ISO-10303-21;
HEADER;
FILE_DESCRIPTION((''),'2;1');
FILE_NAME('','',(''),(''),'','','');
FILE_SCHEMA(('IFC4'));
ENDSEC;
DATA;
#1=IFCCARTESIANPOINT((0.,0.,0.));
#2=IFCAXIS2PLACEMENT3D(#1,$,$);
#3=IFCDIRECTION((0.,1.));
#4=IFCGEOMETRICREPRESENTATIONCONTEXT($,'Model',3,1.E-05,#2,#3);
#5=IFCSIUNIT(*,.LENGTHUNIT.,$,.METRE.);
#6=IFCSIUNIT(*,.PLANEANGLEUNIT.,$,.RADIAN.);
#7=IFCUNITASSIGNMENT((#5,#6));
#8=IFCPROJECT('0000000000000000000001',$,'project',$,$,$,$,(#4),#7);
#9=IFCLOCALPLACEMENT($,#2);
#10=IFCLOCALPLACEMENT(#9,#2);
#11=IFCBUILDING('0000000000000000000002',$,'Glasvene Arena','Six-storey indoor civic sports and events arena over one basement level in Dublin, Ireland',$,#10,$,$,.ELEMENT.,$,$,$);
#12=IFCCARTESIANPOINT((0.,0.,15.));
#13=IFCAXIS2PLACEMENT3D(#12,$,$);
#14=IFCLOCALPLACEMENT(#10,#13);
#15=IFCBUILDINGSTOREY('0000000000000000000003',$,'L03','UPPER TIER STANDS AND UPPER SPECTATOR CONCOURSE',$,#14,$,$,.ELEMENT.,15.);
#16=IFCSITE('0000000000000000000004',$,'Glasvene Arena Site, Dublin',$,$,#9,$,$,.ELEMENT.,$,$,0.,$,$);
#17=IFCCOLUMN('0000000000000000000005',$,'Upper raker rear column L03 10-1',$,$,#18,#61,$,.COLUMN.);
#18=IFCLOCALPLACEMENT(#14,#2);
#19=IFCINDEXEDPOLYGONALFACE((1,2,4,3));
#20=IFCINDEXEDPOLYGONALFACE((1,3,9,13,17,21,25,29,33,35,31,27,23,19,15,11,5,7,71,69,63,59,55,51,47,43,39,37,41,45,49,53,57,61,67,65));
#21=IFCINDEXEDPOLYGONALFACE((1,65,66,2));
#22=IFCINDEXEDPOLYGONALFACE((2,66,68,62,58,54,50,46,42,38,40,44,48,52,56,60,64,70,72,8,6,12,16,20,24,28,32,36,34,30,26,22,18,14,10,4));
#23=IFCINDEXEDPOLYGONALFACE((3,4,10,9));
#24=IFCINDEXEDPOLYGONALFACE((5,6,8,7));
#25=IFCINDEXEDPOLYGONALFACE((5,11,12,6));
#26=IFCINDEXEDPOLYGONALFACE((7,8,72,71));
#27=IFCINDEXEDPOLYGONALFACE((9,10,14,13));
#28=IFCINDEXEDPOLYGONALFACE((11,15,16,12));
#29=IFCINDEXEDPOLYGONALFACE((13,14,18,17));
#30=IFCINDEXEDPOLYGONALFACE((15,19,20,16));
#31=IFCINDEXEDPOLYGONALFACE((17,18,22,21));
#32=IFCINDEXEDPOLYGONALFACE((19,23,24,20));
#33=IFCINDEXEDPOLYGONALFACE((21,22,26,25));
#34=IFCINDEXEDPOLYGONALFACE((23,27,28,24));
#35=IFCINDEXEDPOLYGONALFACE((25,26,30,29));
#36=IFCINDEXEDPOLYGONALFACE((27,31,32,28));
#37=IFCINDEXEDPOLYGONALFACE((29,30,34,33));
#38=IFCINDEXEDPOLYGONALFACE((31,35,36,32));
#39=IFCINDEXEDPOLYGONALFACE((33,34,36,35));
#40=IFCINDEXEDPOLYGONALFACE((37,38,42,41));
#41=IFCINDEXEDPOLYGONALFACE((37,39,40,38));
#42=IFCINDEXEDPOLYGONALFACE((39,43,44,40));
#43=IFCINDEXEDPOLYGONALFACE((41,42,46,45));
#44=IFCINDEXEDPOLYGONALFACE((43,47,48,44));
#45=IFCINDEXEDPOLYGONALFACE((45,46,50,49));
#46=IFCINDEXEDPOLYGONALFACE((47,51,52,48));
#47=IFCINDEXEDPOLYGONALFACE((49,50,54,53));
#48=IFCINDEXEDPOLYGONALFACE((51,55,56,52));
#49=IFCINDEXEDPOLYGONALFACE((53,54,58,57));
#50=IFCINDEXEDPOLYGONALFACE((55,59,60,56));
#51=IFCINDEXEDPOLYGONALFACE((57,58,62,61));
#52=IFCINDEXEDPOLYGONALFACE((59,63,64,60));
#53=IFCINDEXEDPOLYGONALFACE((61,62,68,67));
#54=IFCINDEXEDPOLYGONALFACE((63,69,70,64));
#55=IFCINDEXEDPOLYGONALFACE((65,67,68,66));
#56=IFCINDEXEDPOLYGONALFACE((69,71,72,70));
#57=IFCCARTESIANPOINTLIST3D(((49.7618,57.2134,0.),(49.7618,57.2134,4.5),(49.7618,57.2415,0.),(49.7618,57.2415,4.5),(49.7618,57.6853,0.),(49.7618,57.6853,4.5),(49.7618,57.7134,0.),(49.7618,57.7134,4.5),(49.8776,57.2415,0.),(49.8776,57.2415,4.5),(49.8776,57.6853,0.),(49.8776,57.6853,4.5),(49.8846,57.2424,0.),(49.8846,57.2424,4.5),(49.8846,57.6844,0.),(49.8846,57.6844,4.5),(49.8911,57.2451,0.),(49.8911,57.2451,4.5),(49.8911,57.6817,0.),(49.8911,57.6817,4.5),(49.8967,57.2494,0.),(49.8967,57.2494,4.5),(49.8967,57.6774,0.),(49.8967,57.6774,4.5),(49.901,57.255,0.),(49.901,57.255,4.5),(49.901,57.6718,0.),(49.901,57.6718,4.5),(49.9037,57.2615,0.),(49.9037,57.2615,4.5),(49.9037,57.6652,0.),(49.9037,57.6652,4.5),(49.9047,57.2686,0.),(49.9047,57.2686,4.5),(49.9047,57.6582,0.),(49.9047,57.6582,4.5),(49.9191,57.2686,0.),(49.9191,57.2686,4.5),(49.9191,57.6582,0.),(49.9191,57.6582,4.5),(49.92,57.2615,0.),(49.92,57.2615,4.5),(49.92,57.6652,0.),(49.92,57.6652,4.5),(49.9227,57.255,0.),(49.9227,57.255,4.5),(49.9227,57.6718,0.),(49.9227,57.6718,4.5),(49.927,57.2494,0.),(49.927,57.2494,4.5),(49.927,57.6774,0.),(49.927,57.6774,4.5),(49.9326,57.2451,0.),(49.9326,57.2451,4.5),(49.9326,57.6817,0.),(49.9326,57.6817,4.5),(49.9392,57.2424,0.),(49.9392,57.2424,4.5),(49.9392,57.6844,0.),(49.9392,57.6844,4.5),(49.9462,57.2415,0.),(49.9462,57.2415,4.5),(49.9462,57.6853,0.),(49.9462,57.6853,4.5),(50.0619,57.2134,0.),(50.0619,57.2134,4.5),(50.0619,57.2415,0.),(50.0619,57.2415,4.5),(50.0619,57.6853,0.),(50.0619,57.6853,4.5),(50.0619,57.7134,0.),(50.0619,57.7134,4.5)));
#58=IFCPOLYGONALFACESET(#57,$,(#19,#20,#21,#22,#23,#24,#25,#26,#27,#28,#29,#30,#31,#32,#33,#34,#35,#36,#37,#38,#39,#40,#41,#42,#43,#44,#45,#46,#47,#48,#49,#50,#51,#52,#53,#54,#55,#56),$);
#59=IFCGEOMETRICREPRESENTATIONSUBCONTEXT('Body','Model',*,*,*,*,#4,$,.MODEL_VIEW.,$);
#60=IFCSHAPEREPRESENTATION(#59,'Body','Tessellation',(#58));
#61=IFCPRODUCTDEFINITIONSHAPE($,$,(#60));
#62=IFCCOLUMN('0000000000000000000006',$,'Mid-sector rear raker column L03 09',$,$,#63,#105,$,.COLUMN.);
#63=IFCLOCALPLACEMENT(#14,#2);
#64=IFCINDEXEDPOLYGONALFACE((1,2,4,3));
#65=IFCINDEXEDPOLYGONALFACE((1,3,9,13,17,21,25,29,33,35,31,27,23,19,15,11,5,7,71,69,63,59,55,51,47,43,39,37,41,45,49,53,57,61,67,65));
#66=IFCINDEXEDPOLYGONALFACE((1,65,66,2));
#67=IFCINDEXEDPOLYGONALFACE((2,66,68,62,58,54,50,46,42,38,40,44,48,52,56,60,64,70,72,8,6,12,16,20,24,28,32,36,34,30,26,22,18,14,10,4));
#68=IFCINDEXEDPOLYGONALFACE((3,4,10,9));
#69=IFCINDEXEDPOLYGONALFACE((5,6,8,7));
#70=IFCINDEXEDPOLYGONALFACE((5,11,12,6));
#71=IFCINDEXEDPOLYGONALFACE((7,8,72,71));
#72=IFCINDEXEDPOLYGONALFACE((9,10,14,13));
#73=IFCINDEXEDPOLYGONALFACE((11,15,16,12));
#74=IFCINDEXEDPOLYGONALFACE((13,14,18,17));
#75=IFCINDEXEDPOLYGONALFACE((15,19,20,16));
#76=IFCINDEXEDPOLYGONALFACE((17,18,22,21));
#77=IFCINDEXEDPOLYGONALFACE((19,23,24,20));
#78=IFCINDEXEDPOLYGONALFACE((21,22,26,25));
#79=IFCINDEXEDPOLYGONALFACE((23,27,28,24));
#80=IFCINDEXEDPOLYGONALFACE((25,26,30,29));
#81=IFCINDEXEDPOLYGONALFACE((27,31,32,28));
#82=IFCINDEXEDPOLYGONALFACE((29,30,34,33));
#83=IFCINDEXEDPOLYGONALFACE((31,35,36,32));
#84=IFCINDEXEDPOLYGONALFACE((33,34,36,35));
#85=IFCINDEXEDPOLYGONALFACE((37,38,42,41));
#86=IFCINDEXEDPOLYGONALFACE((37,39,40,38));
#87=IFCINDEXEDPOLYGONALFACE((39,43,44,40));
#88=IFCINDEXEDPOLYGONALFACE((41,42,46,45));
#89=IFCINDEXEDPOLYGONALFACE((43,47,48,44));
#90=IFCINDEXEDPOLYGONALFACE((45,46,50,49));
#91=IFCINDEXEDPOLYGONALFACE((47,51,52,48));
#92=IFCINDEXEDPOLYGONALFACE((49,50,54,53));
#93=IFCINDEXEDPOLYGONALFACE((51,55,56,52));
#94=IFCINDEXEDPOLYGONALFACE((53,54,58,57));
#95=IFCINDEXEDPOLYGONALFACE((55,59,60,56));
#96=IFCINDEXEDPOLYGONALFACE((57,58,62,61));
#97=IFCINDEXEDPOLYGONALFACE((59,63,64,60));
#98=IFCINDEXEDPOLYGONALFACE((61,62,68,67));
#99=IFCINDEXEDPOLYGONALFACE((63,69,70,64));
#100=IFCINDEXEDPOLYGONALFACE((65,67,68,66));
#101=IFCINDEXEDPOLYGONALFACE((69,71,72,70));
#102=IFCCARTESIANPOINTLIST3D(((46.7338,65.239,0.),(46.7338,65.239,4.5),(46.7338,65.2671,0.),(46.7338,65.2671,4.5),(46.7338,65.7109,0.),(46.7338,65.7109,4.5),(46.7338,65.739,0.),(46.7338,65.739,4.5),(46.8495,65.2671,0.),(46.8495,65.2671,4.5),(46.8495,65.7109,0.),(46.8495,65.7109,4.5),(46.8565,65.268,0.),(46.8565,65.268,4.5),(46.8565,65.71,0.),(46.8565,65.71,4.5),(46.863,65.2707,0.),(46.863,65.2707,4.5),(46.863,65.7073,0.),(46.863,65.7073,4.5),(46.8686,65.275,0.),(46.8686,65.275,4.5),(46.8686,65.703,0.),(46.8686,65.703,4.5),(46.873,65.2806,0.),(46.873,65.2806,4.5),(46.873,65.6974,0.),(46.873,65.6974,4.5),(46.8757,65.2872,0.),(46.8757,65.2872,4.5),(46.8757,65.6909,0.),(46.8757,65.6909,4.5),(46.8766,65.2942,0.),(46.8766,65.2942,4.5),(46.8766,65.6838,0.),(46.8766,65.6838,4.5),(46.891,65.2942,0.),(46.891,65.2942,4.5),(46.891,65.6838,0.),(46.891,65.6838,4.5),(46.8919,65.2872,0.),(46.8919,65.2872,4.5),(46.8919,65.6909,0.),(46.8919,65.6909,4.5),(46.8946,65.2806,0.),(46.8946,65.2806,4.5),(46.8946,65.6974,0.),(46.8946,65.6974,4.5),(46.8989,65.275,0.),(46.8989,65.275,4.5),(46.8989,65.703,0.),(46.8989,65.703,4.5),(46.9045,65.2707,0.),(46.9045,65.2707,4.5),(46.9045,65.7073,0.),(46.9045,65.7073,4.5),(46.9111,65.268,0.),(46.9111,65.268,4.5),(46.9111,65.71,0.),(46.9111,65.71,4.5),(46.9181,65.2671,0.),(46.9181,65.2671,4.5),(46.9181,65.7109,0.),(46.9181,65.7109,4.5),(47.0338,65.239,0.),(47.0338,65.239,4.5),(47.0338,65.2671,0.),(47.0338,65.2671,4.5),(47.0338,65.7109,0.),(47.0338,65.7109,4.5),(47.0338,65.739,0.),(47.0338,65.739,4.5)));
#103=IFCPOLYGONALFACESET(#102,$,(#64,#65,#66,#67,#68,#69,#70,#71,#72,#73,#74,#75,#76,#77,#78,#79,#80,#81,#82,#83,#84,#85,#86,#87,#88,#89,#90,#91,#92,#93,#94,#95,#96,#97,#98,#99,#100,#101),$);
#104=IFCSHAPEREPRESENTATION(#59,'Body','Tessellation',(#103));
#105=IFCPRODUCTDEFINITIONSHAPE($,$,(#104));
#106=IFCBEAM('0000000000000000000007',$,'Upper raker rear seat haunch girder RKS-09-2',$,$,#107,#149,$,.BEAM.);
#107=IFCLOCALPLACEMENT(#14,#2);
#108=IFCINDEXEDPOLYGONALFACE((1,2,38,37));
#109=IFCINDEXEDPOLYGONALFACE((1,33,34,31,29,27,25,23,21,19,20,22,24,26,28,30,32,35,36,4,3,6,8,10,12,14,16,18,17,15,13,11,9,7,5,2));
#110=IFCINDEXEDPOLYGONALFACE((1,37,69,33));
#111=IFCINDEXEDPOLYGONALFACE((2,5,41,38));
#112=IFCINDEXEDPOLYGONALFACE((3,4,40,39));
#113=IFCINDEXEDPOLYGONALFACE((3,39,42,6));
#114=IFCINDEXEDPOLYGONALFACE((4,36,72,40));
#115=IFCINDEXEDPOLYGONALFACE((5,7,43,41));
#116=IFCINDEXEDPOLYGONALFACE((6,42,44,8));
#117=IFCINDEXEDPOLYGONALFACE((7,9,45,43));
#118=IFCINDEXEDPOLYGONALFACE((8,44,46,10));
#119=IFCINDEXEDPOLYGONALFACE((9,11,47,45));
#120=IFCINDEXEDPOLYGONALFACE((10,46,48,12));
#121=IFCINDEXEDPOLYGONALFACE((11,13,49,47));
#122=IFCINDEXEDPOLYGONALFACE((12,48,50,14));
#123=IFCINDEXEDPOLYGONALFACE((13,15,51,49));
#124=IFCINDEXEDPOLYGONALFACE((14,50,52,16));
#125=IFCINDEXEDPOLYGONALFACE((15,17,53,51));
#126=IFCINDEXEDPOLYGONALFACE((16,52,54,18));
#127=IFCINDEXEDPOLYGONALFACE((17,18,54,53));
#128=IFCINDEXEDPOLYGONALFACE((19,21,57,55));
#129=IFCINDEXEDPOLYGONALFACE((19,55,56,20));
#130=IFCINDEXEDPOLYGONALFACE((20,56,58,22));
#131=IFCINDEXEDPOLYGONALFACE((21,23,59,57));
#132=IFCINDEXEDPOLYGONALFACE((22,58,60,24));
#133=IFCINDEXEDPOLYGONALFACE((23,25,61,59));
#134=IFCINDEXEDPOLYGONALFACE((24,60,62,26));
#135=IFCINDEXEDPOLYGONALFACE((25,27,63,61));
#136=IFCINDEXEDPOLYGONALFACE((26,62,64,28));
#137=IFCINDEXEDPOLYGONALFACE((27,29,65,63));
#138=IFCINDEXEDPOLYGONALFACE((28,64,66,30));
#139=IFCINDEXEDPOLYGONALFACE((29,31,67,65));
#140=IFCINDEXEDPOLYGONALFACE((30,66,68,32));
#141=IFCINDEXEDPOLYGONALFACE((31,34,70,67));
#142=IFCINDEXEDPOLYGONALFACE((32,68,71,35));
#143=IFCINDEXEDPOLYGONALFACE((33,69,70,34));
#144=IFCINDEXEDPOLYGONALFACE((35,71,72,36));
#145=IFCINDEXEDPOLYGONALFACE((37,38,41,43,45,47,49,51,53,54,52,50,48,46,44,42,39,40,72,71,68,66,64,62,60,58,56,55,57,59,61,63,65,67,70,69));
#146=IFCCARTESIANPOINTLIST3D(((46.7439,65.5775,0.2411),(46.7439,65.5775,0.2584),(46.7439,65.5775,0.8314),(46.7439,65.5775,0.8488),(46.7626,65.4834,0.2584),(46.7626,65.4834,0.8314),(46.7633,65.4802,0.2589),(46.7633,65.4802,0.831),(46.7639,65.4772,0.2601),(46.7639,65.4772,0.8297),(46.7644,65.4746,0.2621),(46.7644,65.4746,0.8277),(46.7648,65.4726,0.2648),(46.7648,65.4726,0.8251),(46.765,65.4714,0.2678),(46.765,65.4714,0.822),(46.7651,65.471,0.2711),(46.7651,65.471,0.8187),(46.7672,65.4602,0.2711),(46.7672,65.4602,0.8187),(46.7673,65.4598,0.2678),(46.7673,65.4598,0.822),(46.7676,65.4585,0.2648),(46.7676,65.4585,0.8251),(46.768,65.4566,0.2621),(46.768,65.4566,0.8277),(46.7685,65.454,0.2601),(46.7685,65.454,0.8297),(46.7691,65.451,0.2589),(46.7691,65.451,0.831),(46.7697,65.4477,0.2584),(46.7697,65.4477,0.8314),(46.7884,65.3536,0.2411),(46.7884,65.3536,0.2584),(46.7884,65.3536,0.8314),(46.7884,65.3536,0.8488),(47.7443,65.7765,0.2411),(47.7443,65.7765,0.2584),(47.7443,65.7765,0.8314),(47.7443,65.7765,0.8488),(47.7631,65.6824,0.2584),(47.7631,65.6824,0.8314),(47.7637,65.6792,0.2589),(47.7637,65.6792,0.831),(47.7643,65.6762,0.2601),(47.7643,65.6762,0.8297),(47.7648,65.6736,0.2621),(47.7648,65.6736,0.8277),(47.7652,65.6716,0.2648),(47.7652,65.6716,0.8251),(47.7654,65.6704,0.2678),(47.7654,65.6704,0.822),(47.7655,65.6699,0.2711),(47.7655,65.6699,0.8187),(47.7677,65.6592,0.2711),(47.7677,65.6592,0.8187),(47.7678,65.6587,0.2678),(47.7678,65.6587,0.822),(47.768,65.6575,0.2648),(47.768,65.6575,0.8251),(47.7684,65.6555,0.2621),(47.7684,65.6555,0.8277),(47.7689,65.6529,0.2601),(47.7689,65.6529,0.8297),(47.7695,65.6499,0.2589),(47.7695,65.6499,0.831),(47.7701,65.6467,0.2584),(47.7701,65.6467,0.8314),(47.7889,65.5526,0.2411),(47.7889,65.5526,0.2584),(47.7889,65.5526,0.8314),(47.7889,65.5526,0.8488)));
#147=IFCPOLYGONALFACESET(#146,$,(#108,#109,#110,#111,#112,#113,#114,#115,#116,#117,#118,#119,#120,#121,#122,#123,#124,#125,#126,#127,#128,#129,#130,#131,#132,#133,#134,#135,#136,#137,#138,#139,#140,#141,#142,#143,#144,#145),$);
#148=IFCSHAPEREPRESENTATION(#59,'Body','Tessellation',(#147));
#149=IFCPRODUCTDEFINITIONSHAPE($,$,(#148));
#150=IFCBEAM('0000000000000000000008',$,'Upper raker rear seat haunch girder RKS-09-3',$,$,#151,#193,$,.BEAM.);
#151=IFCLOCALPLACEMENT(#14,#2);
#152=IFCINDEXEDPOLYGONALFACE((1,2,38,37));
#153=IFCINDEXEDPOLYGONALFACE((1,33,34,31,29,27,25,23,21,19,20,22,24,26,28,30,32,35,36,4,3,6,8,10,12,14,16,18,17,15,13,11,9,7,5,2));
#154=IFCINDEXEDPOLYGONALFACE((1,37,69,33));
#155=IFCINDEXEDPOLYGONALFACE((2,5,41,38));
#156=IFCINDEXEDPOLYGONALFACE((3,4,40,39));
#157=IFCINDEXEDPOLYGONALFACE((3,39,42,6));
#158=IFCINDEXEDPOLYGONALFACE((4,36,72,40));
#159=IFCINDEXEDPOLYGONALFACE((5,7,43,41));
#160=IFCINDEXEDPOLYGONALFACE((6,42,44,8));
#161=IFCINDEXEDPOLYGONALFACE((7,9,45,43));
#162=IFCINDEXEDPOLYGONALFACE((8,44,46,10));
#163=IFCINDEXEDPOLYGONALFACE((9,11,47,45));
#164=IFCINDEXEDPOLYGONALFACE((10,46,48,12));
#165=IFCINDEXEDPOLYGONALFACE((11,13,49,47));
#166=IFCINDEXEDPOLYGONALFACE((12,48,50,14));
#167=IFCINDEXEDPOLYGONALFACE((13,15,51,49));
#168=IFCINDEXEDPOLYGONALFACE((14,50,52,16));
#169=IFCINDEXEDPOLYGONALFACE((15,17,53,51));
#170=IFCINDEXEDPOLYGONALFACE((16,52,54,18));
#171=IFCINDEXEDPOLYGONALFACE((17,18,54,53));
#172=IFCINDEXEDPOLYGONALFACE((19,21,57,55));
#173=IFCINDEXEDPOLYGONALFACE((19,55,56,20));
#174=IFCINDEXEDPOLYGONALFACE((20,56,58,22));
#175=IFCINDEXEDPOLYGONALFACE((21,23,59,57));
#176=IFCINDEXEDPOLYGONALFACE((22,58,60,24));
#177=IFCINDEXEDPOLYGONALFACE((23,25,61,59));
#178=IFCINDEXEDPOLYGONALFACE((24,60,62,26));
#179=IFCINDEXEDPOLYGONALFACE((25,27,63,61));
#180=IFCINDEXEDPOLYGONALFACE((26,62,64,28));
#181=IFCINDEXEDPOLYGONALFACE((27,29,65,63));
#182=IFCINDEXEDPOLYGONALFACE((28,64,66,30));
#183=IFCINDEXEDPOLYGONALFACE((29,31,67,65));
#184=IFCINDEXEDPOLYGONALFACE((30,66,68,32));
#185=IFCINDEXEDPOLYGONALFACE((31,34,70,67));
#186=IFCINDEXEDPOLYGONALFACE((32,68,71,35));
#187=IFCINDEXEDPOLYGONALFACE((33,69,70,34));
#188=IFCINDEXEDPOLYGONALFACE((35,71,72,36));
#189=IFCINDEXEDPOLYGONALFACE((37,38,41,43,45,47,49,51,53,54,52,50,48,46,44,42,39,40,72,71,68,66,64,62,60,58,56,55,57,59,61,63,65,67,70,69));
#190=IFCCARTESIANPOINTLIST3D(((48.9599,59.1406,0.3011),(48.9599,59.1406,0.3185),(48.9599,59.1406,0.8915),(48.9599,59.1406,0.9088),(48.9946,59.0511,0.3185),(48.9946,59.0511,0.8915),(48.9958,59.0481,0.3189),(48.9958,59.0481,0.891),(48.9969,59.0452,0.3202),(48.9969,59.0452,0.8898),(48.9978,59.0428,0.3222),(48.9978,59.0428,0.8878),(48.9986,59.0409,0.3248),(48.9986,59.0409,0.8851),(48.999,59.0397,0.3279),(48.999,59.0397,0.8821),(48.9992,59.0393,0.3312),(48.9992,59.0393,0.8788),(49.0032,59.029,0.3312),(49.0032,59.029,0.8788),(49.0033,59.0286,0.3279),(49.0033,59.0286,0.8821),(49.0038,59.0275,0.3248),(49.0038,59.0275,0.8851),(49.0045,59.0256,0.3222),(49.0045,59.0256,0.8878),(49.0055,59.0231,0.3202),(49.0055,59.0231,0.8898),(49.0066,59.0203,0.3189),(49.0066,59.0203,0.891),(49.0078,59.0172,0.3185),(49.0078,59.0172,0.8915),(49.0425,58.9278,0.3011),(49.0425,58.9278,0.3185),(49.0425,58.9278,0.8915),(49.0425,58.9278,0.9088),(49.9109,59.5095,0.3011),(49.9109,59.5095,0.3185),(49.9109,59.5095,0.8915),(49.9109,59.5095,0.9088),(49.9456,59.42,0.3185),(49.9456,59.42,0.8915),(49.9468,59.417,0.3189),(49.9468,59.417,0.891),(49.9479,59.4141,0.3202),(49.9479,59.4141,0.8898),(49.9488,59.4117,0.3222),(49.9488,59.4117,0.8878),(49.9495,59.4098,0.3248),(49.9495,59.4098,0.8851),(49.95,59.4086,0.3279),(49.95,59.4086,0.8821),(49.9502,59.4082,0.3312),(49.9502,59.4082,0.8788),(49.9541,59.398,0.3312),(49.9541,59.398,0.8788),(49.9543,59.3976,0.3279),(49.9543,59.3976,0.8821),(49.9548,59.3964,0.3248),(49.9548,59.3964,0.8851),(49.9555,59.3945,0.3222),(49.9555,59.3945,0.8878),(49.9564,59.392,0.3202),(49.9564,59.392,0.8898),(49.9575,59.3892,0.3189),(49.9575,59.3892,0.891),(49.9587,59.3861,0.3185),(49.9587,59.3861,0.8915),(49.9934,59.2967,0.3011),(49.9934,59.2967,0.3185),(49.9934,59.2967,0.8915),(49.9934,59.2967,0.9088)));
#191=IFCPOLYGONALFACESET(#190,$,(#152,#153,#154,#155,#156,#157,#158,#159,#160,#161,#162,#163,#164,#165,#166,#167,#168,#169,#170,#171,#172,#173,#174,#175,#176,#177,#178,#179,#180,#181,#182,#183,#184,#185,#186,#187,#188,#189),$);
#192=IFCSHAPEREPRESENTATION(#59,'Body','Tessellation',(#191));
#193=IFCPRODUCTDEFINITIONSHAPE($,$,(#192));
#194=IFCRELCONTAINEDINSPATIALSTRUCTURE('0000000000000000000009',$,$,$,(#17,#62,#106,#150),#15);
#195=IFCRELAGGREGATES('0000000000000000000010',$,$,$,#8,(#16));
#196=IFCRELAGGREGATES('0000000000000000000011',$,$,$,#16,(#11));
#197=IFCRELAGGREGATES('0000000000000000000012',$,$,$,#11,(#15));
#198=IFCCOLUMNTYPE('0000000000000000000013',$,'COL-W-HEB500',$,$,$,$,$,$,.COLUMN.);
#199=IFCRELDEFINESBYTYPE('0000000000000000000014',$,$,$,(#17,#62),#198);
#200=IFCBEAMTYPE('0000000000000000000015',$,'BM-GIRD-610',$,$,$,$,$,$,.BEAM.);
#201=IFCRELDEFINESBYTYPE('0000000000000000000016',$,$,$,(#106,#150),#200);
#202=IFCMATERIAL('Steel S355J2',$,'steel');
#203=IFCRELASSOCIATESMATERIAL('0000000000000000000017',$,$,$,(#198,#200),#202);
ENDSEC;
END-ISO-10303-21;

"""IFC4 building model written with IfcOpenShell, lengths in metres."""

from ifc_helpers import new_model, si_unit, direction, frame, origin, origin_2d, place, context, subcontext, project, spatial, i_section, extrude, material, material_profile, profile_set, type_object, element, save


model = new_model("IFC4")

# Units and contexts
model_context = context("Model", 3, precision=1e-05, world=origin(), true_north=direction((0.0, 1.0)))
body_context = subcontext(model_context, "Body", "Model", "MODEL_VIEW")
ifc_project = project(units=[si_unit("LENGTHUNIT", "METRE"), si_unit("PLANEANGLEUNIT", "RADIAN")], contexts=[model_context])

# Site, building, storey
site_placement = place(None, origin())
site = spatial("IfcSite", under=ifc_project, at=site_placement, Name="Glasvene Arena Site, Dublin", CompositionType="ELEMENT", RefElevation=0.0)
building_placement = place(site_placement, origin())
building = spatial("IfcBuilding", under=site, at=building_placement, Name="Glasvene Arena", Description="Six-storey indoor civic sports and events arena over one basement level in Dublin, Ireland", CompositionType="ELEMENT")
storey_placement = place(building_placement, frame((0.0, 0.0, 15.0)))
storey = spatial("IfcBuildingStorey", under=building, at=storey_placement, Name="L03", Description="UPPER TIER STANDS AND UPPER SPECTATOR CONCOURSE", CompositionType="ELEMENT", Elevation=15.0)

# Columns
ifc_material_1 = material(Name="Steel S355J2", Category="steel")
ifc_material_profile_1 = material_profile(ifc_material_1, i_section(OverallWidth=0.3, OverallDepth=0.5, WebThickness=0.0144, FlangeThickness=0.0281, FilletRadius=0.0271, at=origin_2d()), Name="HEB 500")
ifc_profile_set_1 = profile_set([ifc_material_profile_1], Name="Steel S355J2")
column_type_1 = type_object("IfcColumnType", Name="COL-W-HEB500", PredefinedType="COLUMN", material=ifc_profile_set_1)
for number, where, z_axis, x_axis, name in (
    (1, (49.9119, 57.4634, 0.0), (0.0, 0.0, 1.0), (1.0, 0.0, 0.0), "Upper raker rear column L03 10-1"),
    (2, (46.8838, 65.489, 0.0), (0.0, 0.0, 1.0), (1.0, 0.0, 0.0), "Mid-sector rear raker column L03 09"),
):
    element("IfcColumn", number, at=place(storey_placement, frame(where, z_axis=z_axis, x_axis=x_axis)), inside=storey, type_object=column_type_1, Name=name, PredefinedType="COLUMN", context=body_context, shape_type="SweptSolid", body=[
        extrude(i_section(OverallWidth=0.3, OverallDepth=0.5, WebThickness=0.0144, FlangeThickness=0.0281, FilletRadius=0.0271, at=origin_2d()), origin(), (0.0, 0.0, 1.0), 4.5),
    ])

# Beams
ifc_material_profile_2 = material_profile(ifc_material_1, i_section(OverallWidth=0.2283, OverallDepth=0.6077, WebThickness=0.011, FlangeThickness=0.0173, FilletRadius=0.0127, at=origin_2d()), Name="UKB 610x229x113")
ifc_profile_set_2 = profile_set([ifc_material_profile_2], Name="Steel S355J2")
beam_type_1 = type_object("IfcBeamType", Name="BM-GIRD-610", PredefinedType="BEAM", material=ifc_profile_set_2)
for number, where, z_axis, x_axis, name in (
    (3, (47.7666, 65.6646, 0.5449), (-0.980792, -0.195057, 0.0), (0.195057, -0.980792, 0.0), "Upper raker rear seat haunch girder RKS-09-2"),
    (4, (49.9521, 59.4031, 0.605), (-0.932305, -0.361672, 0.0), (0.361672, -0.932305, 0.0), "Upper raker rear seat haunch girder RKS-09-3"),
):
    element("IfcBeam", number, at=place(storey_placement, frame(where, z_axis=z_axis, x_axis=x_axis)), inside=storey, type_object=beam_type_1, Name=name, PredefinedType="BEAM", context=body_context, shape_type="SweptSolid", body=[
        extrude(i_section(OverallWidth=0.2283, OverallDepth=0.6077, WebThickness=0.011, FlangeThickness=0.0173, FilletRadius=0.0127, at=origin_2d()), origin(), (0.0, 0.0, 1.0), 1.02),
    ])

save(model, "model.ifc")
